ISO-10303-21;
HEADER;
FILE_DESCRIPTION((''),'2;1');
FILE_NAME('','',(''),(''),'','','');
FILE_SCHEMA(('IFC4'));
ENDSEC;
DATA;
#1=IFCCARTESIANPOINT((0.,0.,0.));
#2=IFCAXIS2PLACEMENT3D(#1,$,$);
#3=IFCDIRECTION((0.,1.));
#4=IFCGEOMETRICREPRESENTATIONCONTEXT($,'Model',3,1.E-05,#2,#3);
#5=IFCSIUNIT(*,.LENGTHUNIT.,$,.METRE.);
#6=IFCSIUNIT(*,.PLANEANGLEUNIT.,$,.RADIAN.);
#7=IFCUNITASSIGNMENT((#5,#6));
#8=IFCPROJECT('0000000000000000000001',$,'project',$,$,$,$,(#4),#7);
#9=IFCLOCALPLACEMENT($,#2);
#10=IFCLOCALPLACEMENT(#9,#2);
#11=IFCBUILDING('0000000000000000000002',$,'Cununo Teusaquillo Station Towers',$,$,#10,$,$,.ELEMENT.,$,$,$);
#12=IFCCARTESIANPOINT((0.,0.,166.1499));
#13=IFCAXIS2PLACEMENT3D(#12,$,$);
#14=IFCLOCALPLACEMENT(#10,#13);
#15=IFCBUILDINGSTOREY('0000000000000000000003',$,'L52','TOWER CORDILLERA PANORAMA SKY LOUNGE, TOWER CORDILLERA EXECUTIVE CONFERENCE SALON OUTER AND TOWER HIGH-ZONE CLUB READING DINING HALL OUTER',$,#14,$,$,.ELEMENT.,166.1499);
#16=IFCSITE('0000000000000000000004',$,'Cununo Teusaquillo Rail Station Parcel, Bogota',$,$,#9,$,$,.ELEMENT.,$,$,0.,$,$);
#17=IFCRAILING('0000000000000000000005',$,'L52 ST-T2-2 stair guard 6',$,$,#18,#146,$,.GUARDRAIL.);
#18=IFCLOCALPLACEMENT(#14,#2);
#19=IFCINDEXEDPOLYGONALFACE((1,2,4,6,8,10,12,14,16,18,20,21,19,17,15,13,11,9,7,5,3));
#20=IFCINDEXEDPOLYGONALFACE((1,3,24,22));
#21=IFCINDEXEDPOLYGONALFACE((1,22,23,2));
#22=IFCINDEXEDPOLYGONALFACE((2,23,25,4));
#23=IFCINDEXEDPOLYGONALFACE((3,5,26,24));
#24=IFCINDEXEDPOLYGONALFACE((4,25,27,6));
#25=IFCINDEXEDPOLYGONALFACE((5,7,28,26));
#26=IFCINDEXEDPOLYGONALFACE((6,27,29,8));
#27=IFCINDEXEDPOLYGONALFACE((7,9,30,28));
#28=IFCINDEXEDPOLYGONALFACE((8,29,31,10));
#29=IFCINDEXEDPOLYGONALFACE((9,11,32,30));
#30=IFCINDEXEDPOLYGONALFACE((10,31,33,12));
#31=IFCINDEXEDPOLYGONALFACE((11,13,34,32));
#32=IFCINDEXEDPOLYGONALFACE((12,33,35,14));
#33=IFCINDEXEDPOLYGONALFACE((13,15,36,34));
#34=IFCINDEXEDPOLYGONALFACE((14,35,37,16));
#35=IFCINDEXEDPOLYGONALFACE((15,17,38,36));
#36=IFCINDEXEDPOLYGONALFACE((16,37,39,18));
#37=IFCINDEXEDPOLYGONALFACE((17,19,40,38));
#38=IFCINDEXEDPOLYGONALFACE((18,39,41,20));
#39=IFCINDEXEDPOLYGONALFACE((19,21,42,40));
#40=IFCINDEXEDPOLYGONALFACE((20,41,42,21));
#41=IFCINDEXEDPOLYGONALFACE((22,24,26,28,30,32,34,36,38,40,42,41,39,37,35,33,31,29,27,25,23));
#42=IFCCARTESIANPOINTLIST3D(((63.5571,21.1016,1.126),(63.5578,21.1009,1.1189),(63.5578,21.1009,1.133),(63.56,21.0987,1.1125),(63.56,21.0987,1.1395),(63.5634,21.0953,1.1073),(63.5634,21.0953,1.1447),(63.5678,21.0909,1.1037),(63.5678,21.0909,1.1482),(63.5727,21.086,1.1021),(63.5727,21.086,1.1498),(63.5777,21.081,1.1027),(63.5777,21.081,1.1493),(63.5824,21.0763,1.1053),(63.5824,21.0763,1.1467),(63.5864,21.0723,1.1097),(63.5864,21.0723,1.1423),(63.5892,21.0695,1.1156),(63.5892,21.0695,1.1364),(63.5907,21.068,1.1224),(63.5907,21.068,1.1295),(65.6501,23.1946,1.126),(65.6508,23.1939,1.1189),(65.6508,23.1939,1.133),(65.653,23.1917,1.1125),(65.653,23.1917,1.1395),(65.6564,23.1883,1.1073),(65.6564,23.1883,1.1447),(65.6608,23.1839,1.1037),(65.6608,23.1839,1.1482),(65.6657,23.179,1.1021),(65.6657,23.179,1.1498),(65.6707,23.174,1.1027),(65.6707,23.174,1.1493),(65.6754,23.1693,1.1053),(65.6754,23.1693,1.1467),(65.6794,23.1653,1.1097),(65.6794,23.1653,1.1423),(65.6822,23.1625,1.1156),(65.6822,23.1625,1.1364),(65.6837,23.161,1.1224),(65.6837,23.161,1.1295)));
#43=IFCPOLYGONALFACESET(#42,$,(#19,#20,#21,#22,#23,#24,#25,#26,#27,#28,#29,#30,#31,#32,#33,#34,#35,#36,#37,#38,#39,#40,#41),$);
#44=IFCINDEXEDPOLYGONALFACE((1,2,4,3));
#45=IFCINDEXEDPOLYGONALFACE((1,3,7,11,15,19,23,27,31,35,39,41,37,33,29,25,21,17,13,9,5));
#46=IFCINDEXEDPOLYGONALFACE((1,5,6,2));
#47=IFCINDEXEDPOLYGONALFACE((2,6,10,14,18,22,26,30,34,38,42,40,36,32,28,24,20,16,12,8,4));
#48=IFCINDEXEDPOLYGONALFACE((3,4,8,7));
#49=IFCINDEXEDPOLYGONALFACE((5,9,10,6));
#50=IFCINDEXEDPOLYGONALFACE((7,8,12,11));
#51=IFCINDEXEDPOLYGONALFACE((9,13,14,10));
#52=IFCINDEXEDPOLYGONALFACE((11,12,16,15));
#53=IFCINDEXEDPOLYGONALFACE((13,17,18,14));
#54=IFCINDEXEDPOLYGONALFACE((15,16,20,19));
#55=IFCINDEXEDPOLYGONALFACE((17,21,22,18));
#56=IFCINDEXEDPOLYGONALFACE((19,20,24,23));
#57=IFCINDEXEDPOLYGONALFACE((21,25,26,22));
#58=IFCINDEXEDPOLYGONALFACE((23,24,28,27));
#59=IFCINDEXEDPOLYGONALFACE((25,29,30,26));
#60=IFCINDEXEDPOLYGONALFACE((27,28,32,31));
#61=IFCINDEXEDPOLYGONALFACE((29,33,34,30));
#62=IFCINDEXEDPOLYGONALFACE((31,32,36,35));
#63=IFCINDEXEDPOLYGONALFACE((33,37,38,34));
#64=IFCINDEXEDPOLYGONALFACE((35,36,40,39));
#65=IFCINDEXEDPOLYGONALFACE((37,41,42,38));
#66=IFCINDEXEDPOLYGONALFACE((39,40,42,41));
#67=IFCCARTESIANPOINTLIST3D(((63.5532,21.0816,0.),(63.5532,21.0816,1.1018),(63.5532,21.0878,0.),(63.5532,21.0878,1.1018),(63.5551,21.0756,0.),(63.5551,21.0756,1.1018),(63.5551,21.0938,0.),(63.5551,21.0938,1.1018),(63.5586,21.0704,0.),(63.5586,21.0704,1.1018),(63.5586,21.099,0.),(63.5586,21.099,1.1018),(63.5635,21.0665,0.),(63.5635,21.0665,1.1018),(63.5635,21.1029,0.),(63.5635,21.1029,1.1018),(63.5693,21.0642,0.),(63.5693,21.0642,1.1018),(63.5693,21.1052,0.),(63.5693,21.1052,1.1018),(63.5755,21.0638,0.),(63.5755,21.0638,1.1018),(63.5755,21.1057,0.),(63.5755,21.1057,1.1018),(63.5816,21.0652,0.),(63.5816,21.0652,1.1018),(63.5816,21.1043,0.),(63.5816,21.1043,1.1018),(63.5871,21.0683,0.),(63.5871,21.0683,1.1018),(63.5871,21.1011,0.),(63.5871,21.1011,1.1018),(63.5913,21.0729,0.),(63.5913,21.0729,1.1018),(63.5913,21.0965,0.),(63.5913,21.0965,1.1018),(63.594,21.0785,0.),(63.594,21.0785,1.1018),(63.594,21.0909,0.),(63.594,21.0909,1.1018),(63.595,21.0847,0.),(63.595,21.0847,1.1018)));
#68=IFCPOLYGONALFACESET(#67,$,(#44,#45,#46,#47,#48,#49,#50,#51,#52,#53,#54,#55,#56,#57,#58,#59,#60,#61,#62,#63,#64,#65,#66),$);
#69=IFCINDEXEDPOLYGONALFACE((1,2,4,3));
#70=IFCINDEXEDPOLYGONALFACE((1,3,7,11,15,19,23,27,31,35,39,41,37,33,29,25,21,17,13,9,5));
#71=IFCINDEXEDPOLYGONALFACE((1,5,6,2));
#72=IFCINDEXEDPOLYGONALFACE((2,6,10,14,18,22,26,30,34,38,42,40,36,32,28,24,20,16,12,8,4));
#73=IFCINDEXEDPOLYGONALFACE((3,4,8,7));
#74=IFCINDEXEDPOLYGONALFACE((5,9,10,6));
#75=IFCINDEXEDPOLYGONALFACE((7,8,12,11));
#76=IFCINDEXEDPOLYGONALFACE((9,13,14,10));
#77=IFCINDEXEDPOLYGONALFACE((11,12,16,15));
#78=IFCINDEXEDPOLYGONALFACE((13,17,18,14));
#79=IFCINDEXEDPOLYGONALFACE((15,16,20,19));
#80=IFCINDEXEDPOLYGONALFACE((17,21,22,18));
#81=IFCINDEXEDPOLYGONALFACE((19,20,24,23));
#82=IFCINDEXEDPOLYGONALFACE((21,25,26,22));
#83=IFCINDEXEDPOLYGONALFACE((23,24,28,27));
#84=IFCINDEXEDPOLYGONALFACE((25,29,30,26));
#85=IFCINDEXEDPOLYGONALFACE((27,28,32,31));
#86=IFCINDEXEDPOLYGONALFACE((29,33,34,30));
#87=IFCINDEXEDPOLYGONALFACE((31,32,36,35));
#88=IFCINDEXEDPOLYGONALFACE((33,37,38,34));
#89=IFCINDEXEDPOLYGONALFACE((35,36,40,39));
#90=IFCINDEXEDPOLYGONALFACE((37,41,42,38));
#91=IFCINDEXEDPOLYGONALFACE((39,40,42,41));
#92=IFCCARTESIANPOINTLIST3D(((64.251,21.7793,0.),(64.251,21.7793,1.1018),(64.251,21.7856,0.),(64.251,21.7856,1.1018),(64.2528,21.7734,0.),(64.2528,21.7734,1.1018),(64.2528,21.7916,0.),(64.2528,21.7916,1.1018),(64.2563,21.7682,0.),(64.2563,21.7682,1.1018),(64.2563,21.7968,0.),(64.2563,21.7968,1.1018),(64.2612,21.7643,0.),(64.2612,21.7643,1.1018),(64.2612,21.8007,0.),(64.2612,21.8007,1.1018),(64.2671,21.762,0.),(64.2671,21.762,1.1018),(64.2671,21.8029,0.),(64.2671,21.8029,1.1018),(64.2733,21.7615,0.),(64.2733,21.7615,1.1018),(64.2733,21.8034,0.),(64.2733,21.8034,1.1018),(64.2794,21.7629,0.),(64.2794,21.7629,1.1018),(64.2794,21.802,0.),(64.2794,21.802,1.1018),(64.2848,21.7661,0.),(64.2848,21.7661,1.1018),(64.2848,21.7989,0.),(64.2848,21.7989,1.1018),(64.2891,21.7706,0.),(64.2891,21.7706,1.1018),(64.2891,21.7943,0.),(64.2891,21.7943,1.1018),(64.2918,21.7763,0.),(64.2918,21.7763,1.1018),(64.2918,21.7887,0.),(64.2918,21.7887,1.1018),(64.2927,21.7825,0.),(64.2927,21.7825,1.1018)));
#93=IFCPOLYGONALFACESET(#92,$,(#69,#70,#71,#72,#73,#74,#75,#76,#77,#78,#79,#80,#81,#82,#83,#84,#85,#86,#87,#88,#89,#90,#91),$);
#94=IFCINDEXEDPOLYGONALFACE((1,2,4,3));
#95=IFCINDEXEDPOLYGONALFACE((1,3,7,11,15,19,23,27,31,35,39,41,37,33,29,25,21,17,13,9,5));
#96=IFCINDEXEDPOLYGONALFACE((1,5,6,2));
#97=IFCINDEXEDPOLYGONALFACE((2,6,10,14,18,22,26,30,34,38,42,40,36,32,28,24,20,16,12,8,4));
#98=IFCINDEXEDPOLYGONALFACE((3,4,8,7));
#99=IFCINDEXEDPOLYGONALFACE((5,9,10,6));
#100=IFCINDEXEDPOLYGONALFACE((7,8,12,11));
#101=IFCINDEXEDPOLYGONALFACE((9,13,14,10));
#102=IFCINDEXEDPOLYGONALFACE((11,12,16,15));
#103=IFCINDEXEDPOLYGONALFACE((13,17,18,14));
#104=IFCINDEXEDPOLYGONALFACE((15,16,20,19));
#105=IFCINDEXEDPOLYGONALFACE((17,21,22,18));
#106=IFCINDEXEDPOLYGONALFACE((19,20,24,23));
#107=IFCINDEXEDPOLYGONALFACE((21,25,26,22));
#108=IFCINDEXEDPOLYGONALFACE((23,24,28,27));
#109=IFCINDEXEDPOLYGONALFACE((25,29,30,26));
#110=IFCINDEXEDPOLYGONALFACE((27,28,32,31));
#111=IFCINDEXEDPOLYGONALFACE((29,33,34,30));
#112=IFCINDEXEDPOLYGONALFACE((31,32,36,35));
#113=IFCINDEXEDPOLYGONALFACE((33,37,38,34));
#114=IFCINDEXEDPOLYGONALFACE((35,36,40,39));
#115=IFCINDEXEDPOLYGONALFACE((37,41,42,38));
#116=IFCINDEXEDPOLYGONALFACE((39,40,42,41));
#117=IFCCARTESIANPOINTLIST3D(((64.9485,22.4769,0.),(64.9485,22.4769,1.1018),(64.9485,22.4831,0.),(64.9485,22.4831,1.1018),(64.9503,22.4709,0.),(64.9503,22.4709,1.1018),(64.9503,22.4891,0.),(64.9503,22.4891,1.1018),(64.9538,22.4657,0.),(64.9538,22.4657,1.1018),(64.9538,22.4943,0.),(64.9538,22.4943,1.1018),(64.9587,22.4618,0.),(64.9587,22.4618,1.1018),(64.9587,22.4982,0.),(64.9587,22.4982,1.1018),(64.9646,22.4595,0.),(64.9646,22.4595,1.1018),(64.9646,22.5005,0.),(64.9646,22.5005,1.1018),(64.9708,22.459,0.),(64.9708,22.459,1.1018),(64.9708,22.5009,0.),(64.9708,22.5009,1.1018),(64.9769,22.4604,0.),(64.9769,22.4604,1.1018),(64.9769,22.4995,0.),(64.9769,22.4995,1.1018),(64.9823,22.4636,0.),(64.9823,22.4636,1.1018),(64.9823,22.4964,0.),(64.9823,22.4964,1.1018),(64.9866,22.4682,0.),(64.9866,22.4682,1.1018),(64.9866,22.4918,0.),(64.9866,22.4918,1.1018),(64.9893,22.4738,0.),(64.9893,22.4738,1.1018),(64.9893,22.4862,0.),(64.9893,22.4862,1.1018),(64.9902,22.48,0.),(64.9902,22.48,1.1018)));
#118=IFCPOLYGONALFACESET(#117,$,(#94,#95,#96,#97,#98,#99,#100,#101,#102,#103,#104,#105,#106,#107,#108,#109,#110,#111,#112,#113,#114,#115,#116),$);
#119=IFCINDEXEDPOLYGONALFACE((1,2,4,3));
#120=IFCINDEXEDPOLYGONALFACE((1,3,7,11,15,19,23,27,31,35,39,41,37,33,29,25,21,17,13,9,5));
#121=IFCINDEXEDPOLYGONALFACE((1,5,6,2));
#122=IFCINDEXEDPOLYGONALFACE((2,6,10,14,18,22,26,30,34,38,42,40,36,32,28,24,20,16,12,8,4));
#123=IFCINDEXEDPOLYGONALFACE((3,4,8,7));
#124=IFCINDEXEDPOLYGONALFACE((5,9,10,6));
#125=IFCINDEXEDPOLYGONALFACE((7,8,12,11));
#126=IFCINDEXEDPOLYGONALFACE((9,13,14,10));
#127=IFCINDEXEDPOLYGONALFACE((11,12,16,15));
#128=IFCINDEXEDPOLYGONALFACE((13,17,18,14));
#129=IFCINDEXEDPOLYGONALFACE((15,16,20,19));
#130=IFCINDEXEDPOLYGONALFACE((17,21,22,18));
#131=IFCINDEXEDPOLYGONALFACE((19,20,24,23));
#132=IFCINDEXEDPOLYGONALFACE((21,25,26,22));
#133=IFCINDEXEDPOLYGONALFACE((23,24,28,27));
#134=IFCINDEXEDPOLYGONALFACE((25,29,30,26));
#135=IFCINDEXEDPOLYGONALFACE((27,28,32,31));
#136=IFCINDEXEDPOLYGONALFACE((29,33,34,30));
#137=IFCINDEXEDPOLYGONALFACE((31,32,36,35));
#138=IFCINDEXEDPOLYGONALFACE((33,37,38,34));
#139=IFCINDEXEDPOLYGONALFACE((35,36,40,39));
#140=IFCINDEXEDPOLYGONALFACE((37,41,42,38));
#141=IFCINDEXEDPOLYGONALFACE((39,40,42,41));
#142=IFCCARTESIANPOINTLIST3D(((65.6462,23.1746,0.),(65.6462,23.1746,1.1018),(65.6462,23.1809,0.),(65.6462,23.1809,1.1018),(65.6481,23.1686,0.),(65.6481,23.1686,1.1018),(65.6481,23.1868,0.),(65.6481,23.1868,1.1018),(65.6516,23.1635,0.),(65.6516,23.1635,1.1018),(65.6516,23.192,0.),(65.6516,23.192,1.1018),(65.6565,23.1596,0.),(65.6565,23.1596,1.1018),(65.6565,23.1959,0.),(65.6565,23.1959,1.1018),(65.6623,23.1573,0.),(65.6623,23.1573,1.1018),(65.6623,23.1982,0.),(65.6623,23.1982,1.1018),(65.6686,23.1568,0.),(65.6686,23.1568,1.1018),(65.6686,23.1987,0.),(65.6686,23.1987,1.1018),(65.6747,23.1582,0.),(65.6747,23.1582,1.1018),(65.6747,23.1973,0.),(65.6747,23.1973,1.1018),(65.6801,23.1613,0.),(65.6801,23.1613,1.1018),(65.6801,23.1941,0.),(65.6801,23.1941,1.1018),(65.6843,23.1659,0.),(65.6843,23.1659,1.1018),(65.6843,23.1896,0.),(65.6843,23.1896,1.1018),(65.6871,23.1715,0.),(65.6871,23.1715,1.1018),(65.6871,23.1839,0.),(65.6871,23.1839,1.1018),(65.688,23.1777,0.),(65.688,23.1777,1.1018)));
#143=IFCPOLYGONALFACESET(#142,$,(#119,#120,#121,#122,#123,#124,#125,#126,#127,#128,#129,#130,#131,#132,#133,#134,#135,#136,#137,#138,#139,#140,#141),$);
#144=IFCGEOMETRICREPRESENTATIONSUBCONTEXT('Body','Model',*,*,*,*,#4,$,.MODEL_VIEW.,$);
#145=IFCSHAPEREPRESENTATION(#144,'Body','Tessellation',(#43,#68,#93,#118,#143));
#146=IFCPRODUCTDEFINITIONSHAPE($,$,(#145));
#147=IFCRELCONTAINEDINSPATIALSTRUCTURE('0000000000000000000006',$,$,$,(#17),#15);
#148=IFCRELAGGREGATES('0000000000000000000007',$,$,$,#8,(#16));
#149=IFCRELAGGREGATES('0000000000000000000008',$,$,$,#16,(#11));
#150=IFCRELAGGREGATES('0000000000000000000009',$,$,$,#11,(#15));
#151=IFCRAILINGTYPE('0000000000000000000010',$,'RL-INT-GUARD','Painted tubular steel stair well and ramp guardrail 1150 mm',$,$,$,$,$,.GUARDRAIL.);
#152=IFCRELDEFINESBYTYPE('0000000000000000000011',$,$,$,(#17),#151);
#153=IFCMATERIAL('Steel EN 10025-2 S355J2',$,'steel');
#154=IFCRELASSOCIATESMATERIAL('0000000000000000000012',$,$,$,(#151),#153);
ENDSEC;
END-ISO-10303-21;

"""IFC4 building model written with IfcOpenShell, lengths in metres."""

from ifc_helpers import new_model, si_unit, direction, frame, origin, origin_2d, place, context, subcontext, project, spatial, circle, extrude, material, type_object, element, save


model = new_model("IFC4")

# Units and contexts
model_context = context("Model", 3, precision=1e-05, world=origin(), true_north=direction((0.0, 1.0)))
body_context = subcontext(model_context, "Body", "Model", "MODEL_VIEW")
ifc_project = project(units=[si_unit("LENGTHUNIT", "METRE"), si_unit("PLANEANGLEUNIT", "RADIAN")], contexts=[model_context])

# Site, building, storey
site_placement = place(None, origin())
site = spatial("IfcSite", under=ifc_project, at=site_placement, Name="Cununo Teusaquillo Rail Station Parcel, Bogota", CompositionType="ELEMENT", RefElevation=0.0)
building_placement = place(site_placement, origin())
building = spatial("IfcBuilding", under=site, at=building_placement, Name="Cununo Teusaquillo Station Towers", CompositionType="ELEMENT")
storey_placement = place(building_placement, frame((0.0, 0.0, 166.1499)))
storey = spatial("IfcBuildingStorey", under=building, at=storey_placement, Name="L52", Description="TOWER CORDILLERA PANORAMA SKY LOUNGE, TOWER CORDILLERA EXECUTIVE CONFERENCE SALON OUTER AND TOWER HIGH-ZONE CLUB READING DINING HALL OUTER", CompositionType="ELEMENT", Elevation=166.1499)

# Railing
ifc_material_1 = material(Name="Steel EN 10025-2 S355J2", Category="steel")
railing_type = type_object("IfcRailingType", Name="RL-INT-GUARD", Description="Painted tubular steel stair well and ramp guardrail 1150 mm", PredefinedType="GUARDRAIL", material=ifc_material_1)
railing_1_placement = place(storey_placement, frame((63.574, 21.0847, 0.0)))
element("IfcRailing", 1, at=railing_1_placement, inside=storey, type_object=railing_type, Name="L52 ST-T2-2 stair guard 6", PredefinedType="GUARDRAIL", context=body_context, shape_type="SweptSolid", body=[
    extrude(circle(Radius=0.0239, at=origin_2d()), frame((0.0, 0.0, 1.126), z_axis=(0.707107, 0.707107, 0.0), x_axis=(-0.707107, 0.707107, 0.0)), (0.0, 0.0, 1.0), 2.96),
    extrude(circle(Radius=0.021, at=origin_2d()), origin(), (0.0, 0.0, 1.0), 1.1018),
    extrude(circle(Radius=0.021, at=origin_2d()), frame((0.6978, 0.6978, 0.0)), (0.0, 0.0, 1.0), 1.1018),
    extrude(circle(Radius=0.021, at=origin_2d()), frame((1.3953, 1.3953, 0.0)), (0.0, 0.0, 1.0), 1.1018),
    extrude(circle(Radius=0.021, at=origin_2d()), frame((2.093, 2.093, 0.0)), (0.0, 0.0, 1.0), 1.1018),
])

save(model, "model.ifc")
